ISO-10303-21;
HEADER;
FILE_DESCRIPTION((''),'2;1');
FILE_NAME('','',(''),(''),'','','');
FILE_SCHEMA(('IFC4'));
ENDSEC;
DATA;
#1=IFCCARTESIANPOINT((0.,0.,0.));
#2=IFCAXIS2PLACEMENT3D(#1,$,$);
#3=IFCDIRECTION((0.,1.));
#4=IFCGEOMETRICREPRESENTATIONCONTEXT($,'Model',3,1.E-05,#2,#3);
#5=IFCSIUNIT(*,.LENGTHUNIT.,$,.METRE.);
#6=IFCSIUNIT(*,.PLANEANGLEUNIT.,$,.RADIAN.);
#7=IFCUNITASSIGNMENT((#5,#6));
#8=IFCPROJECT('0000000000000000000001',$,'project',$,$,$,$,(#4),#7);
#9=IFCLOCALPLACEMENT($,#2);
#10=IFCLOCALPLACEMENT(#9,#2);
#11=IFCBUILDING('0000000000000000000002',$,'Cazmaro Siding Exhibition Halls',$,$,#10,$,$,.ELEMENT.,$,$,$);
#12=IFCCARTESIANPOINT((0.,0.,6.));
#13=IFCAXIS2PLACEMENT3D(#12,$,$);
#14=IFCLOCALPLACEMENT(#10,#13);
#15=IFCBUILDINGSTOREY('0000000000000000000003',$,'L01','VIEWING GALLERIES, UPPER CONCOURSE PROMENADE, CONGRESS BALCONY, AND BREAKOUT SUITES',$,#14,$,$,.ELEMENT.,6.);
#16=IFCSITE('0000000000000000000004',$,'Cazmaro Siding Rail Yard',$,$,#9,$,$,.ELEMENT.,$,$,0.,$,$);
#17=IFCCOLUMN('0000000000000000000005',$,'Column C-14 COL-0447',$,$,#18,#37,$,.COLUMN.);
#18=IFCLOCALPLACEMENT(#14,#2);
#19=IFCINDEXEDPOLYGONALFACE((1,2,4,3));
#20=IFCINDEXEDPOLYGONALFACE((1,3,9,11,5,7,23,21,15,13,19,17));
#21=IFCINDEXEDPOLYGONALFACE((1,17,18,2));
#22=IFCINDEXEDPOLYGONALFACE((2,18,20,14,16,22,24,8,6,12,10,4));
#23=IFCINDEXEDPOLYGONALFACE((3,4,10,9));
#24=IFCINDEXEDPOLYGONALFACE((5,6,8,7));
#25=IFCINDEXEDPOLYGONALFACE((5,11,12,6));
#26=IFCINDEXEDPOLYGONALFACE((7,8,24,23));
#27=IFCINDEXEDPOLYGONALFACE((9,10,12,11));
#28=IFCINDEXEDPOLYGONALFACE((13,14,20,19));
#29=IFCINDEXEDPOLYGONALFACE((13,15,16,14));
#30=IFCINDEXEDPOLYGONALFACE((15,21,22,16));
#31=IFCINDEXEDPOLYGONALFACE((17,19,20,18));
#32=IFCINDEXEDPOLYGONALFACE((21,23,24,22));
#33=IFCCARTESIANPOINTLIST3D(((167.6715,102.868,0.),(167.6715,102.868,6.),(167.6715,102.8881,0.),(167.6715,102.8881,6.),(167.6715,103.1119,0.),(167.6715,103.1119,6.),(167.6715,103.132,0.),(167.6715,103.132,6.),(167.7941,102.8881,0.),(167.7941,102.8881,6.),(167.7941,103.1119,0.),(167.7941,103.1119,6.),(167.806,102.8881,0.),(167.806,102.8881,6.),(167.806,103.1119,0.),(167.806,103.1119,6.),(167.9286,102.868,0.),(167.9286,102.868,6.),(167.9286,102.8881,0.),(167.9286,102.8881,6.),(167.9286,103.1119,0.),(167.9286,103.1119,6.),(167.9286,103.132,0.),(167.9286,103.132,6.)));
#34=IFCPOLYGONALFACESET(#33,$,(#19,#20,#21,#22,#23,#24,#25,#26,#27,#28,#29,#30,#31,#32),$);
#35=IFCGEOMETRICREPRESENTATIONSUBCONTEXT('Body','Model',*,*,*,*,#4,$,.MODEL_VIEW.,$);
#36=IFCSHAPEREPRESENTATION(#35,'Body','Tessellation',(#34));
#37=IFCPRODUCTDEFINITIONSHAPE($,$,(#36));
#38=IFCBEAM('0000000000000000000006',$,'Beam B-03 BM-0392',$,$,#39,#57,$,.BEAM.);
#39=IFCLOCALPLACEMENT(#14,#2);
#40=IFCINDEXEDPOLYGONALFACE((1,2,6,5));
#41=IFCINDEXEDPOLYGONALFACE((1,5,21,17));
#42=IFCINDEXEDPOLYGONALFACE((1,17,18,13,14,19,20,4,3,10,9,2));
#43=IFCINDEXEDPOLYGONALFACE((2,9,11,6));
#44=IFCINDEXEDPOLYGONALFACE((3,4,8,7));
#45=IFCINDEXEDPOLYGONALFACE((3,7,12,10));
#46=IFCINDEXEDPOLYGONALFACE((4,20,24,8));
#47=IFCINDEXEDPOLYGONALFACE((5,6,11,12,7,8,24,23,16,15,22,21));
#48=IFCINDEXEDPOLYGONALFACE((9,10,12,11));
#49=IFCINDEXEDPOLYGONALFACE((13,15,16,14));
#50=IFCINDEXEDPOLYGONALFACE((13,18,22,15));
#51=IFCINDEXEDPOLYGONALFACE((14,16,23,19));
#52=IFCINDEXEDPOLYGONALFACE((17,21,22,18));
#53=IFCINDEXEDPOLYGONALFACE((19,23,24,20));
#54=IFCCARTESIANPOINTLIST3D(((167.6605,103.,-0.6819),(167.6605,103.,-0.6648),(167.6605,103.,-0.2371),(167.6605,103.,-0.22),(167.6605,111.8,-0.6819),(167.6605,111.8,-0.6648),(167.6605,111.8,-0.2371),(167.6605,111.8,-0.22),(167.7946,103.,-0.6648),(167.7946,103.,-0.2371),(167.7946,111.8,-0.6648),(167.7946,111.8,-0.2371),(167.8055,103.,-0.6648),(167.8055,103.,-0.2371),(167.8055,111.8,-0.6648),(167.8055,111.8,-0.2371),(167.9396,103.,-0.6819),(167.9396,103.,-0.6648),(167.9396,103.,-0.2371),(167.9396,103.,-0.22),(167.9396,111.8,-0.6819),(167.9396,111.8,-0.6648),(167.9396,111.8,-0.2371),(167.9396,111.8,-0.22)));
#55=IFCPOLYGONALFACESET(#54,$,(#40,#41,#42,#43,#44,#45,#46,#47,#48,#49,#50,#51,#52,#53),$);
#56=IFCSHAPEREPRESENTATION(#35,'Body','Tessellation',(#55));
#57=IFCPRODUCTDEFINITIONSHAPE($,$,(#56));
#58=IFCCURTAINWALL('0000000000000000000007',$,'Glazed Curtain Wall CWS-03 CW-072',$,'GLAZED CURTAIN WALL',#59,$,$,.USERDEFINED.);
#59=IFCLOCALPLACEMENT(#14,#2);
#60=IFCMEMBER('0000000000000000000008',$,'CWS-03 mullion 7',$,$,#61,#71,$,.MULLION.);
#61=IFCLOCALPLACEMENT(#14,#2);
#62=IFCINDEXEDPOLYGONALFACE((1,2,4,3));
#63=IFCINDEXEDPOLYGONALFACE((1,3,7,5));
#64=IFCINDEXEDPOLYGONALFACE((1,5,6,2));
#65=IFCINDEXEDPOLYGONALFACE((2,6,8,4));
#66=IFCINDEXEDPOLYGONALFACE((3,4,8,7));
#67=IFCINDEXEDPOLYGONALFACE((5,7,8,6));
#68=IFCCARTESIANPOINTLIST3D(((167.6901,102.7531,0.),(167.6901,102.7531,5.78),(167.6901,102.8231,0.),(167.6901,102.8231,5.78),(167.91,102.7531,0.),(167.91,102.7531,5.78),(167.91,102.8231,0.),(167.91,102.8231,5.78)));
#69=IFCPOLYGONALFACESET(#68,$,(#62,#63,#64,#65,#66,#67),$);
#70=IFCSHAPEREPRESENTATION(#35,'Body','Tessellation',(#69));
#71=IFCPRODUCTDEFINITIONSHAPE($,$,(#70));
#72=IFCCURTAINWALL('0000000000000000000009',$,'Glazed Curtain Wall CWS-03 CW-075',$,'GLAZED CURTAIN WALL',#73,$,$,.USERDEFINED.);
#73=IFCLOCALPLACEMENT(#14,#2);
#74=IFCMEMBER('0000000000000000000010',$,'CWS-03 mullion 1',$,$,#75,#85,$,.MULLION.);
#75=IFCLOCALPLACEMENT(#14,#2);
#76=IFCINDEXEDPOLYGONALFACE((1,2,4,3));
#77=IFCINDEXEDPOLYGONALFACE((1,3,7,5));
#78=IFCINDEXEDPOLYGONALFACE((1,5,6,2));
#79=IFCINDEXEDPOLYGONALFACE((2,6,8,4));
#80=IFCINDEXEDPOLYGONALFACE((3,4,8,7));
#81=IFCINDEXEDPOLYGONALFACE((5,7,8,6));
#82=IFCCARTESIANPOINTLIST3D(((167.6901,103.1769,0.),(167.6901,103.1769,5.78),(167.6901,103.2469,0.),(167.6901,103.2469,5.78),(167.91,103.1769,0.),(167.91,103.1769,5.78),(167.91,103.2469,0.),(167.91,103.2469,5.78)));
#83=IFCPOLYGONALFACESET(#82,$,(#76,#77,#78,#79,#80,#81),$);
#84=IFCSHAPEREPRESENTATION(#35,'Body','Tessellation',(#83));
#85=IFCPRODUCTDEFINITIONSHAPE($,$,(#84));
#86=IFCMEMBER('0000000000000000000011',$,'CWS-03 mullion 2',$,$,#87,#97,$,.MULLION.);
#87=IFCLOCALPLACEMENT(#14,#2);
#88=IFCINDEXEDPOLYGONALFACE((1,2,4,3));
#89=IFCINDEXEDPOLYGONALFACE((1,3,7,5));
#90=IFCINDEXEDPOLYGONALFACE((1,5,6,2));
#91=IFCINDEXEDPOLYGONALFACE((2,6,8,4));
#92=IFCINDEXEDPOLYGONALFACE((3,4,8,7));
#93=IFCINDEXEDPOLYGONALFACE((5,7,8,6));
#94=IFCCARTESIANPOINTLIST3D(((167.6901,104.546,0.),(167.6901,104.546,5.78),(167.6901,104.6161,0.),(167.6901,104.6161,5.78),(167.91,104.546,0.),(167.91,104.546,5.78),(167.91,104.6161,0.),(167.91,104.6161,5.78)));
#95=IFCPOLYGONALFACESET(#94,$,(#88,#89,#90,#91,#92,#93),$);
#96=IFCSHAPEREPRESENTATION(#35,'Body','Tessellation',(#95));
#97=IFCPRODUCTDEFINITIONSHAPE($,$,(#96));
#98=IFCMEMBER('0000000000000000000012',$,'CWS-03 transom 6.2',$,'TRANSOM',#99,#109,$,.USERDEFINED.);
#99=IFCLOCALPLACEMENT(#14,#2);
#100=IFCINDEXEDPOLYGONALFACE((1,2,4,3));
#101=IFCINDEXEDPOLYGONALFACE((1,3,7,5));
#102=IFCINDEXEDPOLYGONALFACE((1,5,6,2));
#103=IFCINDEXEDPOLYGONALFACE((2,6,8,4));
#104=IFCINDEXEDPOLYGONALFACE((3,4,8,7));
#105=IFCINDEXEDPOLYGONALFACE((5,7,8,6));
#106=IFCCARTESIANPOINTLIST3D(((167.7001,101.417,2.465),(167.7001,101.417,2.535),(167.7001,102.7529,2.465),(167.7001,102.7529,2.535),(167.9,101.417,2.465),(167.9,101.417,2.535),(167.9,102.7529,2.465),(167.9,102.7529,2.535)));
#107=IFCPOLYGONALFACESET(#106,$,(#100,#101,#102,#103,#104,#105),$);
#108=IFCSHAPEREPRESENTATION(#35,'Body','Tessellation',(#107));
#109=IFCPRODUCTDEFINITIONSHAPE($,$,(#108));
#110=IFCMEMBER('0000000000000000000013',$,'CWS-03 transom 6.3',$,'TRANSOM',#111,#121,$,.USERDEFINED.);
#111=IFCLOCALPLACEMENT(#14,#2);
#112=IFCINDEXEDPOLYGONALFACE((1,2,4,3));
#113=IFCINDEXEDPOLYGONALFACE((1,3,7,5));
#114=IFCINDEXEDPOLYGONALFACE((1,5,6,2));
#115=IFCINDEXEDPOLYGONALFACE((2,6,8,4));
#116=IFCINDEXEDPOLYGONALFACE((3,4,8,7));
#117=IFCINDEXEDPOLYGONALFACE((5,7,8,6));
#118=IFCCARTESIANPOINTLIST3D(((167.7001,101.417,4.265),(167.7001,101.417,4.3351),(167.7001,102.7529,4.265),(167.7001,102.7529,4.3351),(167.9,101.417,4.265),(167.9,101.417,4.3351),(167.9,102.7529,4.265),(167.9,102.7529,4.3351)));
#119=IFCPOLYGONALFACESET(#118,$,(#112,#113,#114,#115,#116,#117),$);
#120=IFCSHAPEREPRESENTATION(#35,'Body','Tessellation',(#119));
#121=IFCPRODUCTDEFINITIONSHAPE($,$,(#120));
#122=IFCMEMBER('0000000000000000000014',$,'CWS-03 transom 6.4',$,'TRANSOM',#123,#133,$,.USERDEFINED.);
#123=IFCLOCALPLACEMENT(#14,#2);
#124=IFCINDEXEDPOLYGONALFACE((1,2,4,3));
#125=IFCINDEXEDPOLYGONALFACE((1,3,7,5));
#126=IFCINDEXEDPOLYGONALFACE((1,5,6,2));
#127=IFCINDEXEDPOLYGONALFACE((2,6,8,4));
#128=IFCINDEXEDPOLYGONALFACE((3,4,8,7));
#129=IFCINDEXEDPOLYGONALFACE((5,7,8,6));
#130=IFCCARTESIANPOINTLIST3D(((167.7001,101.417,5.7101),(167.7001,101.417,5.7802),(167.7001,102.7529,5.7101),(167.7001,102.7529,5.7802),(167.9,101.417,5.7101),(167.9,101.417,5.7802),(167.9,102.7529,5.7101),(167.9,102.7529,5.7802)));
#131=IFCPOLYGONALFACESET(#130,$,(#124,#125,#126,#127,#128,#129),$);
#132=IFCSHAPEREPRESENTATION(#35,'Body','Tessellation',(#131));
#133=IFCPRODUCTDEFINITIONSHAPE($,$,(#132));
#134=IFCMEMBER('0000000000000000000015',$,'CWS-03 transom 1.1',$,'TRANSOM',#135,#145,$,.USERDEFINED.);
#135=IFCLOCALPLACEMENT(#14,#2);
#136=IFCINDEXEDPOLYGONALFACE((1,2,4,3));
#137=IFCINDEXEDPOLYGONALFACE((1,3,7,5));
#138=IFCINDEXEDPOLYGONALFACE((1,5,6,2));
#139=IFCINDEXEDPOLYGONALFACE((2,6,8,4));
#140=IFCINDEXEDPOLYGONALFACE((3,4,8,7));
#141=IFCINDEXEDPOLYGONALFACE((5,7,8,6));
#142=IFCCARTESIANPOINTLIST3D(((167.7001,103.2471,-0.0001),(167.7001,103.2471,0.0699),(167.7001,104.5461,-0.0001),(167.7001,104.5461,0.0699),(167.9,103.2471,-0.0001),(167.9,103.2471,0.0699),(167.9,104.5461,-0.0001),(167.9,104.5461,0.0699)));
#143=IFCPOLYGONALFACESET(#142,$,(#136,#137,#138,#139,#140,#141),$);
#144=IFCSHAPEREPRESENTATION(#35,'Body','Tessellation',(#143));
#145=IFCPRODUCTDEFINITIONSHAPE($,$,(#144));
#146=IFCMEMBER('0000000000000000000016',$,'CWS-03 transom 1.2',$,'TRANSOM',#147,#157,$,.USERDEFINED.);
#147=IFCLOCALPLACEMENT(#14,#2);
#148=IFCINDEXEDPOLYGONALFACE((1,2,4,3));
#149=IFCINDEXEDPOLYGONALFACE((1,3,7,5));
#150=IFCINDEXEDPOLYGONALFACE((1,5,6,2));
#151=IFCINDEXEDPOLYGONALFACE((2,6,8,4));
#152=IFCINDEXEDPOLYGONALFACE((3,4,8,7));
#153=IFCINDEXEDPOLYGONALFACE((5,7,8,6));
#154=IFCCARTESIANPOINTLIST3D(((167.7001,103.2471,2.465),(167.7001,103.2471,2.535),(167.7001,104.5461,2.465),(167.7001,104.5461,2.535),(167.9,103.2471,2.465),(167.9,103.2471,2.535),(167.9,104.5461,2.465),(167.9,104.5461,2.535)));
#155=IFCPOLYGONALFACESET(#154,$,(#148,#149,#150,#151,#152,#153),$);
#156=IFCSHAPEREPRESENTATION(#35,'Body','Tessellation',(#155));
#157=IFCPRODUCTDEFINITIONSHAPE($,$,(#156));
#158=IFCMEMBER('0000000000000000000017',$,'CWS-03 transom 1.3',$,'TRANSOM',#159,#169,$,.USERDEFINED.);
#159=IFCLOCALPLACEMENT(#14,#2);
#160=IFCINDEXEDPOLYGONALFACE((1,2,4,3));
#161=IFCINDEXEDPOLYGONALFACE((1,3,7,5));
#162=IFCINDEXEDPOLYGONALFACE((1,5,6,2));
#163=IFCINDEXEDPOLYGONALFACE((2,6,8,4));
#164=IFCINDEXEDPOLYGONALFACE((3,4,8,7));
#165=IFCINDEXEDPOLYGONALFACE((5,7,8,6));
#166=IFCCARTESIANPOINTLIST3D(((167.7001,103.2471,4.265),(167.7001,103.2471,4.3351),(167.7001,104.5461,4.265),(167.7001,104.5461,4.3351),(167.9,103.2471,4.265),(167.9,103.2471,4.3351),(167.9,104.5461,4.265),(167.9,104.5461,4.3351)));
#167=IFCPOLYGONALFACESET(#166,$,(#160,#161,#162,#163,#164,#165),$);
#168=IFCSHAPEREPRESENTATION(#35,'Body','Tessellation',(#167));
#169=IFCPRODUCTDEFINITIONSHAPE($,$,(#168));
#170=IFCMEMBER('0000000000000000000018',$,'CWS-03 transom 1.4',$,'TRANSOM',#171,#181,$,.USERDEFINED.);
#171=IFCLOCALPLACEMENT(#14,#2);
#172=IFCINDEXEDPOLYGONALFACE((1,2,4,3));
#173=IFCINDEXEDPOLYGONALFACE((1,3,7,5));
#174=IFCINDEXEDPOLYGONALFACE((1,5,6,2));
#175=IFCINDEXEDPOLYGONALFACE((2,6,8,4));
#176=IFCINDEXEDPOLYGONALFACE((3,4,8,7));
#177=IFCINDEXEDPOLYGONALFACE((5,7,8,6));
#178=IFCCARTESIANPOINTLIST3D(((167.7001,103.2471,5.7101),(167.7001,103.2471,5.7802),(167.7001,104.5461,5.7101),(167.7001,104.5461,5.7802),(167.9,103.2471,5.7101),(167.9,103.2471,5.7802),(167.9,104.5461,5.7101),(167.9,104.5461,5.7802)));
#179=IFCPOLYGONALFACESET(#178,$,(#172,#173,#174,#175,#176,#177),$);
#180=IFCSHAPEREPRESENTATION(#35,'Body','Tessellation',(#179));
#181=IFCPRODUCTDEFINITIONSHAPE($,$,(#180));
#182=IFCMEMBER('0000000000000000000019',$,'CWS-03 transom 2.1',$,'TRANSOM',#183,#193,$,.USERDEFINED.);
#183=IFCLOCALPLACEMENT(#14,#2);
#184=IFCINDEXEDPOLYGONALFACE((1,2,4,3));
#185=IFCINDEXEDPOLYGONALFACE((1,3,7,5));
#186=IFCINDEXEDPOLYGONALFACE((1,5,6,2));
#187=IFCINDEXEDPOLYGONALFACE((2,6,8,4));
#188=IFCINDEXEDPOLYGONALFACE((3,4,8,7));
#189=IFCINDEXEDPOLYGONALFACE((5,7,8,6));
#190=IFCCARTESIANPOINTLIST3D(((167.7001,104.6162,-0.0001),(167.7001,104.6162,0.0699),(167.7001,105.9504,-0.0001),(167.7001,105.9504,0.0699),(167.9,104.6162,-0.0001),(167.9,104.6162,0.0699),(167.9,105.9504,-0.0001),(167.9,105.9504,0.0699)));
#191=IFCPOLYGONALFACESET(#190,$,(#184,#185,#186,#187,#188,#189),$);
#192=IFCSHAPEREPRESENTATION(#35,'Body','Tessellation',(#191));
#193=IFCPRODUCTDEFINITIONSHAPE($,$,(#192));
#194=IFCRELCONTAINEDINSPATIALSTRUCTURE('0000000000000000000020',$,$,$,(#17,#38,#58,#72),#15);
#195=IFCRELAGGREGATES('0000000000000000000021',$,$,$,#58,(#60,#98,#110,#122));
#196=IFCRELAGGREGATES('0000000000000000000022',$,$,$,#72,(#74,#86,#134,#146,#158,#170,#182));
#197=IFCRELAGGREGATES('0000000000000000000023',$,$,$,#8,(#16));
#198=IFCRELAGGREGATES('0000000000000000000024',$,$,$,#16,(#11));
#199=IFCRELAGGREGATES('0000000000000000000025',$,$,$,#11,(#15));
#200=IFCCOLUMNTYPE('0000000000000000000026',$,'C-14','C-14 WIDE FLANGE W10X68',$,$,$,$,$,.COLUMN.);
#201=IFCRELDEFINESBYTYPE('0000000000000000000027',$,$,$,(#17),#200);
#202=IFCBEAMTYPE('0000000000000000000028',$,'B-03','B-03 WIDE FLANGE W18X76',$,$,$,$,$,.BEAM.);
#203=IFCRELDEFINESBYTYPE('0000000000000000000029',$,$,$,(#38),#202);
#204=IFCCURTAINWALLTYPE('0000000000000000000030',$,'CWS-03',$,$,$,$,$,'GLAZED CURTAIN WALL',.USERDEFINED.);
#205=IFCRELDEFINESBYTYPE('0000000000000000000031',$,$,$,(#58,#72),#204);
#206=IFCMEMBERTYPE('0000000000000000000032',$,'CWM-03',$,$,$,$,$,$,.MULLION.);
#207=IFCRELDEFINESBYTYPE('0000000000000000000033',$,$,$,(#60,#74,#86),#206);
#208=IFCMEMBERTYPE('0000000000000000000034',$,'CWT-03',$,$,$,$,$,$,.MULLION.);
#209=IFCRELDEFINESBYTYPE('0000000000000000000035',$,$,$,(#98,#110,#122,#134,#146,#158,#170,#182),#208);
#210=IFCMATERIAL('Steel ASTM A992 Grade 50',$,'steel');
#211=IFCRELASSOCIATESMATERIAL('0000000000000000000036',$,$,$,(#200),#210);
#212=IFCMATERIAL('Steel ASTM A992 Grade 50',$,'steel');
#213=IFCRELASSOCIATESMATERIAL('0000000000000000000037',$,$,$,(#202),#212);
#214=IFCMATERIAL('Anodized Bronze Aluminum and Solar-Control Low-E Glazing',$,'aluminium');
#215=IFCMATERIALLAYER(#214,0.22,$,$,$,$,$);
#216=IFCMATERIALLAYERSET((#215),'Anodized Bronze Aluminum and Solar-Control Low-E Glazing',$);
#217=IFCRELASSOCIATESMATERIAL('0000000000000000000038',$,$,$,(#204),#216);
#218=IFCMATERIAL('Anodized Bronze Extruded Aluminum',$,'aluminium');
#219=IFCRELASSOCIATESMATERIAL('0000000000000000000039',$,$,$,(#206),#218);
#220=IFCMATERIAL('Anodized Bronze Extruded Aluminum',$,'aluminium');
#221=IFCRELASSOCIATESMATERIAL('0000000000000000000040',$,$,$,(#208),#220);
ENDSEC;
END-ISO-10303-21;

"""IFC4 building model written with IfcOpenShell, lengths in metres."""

from ifc_helpers import new_model, si_unit, direction, frame, origin, origin_2d, place, context, subcontext, project, spatial, rectangle, i_section, extrude, material, layer, layer_set, material_profile, profile_set, type_object, element, aggregate, save


model = new_model("IFC4")

# Units and contexts
model_context = context("Model", 3, precision=1e-05, world=origin(), true_north=direction((0.0, 1.0)))
body_context = subcontext(model_context, "Body", "Model", "MODEL_VIEW")
ifc_project = project(units=[si_unit("LENGTHUNIT", "METRE"), si_unit("PLANEANGLEUNIT", "RADIAN")], contexts=[model_context])

# Site, building, storey
site_placement = place(None, origin())
site = spatial("IfcSite", under=ifc_project, at=site_placement, Name="Cazmaro Siding Rail Yard", CompositionType="ELEMENT", RefElevation=0.0)
building_placement = place(site_placement, origin())
building = spatial("IfcBuilding", under=site, at=building_placement, Name="Cazmaro Siding Exhibition Halls", CompositionType="ELEMENT")
storey_placement = place(building_placement, frame((0.0, 0.0, 6.0)))
storey = spatial("IfcBuildingStorey", under=building, at=storey_placement, Name="L01", Description="VIEWING GALLERIES, UPPER CONCOURSE PROMENADE, CONGRESS BALCONY, AND BREAKOUT SUITES", CompositionType="ELEMENT", Elevation=6.0)

# Column
ifc_material_1 = material(Name="Steel ASTM A992 Grade 50", Category="steel")
ifc_material_profile_1 = material_profile(ifc_material_1, i_section(OverallWidth=0.2571, OverallDepth=0.2639, WebThickness=0.012, FlangeThickness=0.02, at=origin_2d()), Name="W10X68")
ifc_profile_set_1 = profile_set([ifc_material_profile_1], Name="Steel ASTM A992 Grade 50")
column_type = type_object("IfcColumnType", Name="C-14", Description="C-14 WIDE FLANGE W10X68", PredefinedType="COLUMN", material=ifc_profile_set_1)
column_placement = place(storey_placement, frame((167.8, 103.0, 0.0), z_axis=(0.0, 0.0, 1.0), x_axis=(1.0, 0.0, 0.0)))
element("IfcColumn", 1, at=column_placement, inside=storey, type_object=column_type, Name="Column C-14 COL-0447", PredefinedType="COLUMN", context=body_context, shape_type="SweptSolid", body=[
    extrude(i_section(OverallWidth=0.2571, OverallDepth=0.2639, WebThickness=0.012, FlangeThickness=0.02, at=origin_2d()), origin(), (0.0, 0.0, 1.0), 6.0),
])

# Beam
ifc_material_2 = material(Name="Steel ASTM A992 Grade 50", Category="steel")
ifc_material_profile_2 = material_profile(ifc_material_2, i_section(OverallWidth=0.2791, OverallDepth=0.4619, WebThickness=0.011, FlangeThickness=0.0171, at=origin_2d()), Name="W18X76")
ifc_profile_set_2 = profile_set([ifc_material_profile_2], Name="Steel ASTM A992 Grade 50")
beam_type = type_object("IfcBeamType", Name="B-03", Description="B-03 WIDE FLANGE W18X76", PredefinedType="BEAM", material=ifc_profile_set_2)
beam_placement = place(storey_placement, frame((167.8, 103.0, -0.4509), z_axis=(0.0, 1.0, 0.0), x_axis=(-1.0, 0.0, 0.0)))
element("IfcBeam", 2, at=beam_placement, inside=storey, type_object=beam_type, Name="Beam B-03 BM-0392", PredefinedType="BEAM", context=body_context, shape_type="SweptSolid", body=[
    extrude(i_section(OverallWidth=0.2791, OverallDepth=0.4619, WebThickness=0.011, FlangeThickness=0.0171, at=origin_2d()), origin(), (0.0, 0.0, 1.0), 8.8),
])

# Curtain wall, member
ifc_material_3 = material(Name="Anodized Bronze Aluminum and Solar-Control Low-E Glazing", Category="aluminium")
ifc_layer_1 = layer(ifc_material_3, 0.22)
ifc_layer_set_1 = layer_set([ifc_layer_1], Name="Anodized Bronze Aluminum and Solar-Control Low-E Glazing")
curtain_wall_type = type_object("IfcCurtainWallType", Name="CWS-03", ElementType="GLAZED CURTAIN WALL", PredefinedType="USERDEFINED", material=ifc_layer_set_1)
curtain_wall_1_placement = place(storey_placement, origin())
curtain_wall_1 = element("IfcCurtainWall", 3, at=curtain_wall_1_placement, inside=storey, type_object=curtain_wall_type, Name="Glazed Curtain Wall CWS-03 CW-072", ObjectType="GLAZED CURTAIN WALL", PredefinedType="USERDEFINED")
ifc_material_4 = material(Name="Anodized Bronze Extruded Aluminum", Category="aluminium")
ifc_material_profile_3 = material_profile(ifc_material_4, rectangle(XDim=0.22, YDim=0.0701, at=origin_2d()), Name="CWM-03")
ifc_profile_set_3 = profile_set([ifc_material_profile_3], Name="Anodized Bronze Extruded Aluminum")
member_type_1 = type_object("IfcMemberType", Name="CWM-03", PredefinedType="MULLION", material=ifc_profile_set_3)
member_1_placement = place(storey_placement, frame((167.8, 102.7881, 0.0), z_axis=(0.0, 0.0, 1.0), x_axis=(-1.0, 0.0, 0.0)))
member_1 = element("IfcMember", 4, at=member_1_placement, type_object=member_type_1, Name="CWS-03 mullion 7", PredefinedType="MULLION", context=body_context, shape_type="SweptSolid", body=[
    extrude(rectangle(XDim=0.22, YDim=0.0701, at=origin_2d()), origin(), (0.0, 0.0, 1.0), 5.78),
])

# Curtain wall, members
curtain_wall_2_placement = place(storey_placement, origin())
curtain_wall_2 = element("IfcCurtainWall", 5, at=curtain_wall_2_placement, inside=storey, type_object=curtain_wall_type, Name="Glazed Curtain Wall CWS-03 CW-075", ObjectType="GLAZED CURTAIN WALL", PredefinedType="USERDEFINED")
member_2_placement = place(storey_placement, frame((167.8, 103.2119, 0.0), z_axis=(0.0, 0.0, 1.0), x_axis=(-1.0, 0.0, 0.0)))
member_2 = element("IfcMember", 6, at=member_2_placement, type_object=member_type_1, Name="CWS-03 mullion 1", PredefinedType="MULLION", context=body_context, shape_type="SweptSolid", body=[
    extrude(rectangle(XDim=0.22, YDim=0.0701, at=origin_2d()), origin(), (0.0, 0.0, 1.0), 5.78),
])
member_3_placement = place(storey_placement, frame((167.8, 104.5811, 0.0), z_axis=(0.0, 0.0, 1.0), x_axis=(-1.0, 0.0, 0.0)))
member_3 = element("IfcMember", 7, at=member_3_placement, type_object=member_type_1, Name="CWS-03 mullion 2", PredefinedType="MULLION", context=body_context, shape_type="SweptSolid", body=[
    extrude(rectangle(XDim=0.22, YDim=0.0701, at=origin_2d()), origin(), (0.0, 0.0, 1.0), 5.78),
])

# Members
ifc_material_5 = material(Name="Anodized Bronze Extruded Aluminum", Category="aluminium")
ifc_material_profile_4 = material_profile(ifc_material_5, rectangle(XDim=0.2, YDim=0.0701, at=origin_2d()), Name="CWT-03")
ifc_profile_set_4 = profile_set([ifc_material_profile_4], Name="Anodized Bronze Extruded Aluminum")
member_type_2 = type_object("IfcMemberType", Name="CWT-03", PredefinedType="MULLION", material=ifc_profile_set_4)
member_4_placement = place(storey_placement, frame((167.8, 101.417, 2.5), z_axis=(0.0, 1.0, 0.0), x_axis=(-1.0, 0.0, 0.0)))
member_4 = element("IfcMember", 8, at=member_4_placement, type_object=member_type_2, Name="CWS-03 transom 6.2", ObjectType="TRANSOM", PredefinedType="USERDEFINED", context=body_context, shape_type="SweptSolid", body=[
    extrude(rectangle(XDim=0.2, YDim=0.0701, at=origin_2d()), origin(), (0.0, 0.0, 1.0), 1.3359),
])
member_5_placement = place(storey_placement, frame((167.8, 101.417, 4.3), z_axis=(0.0, 1.0, 0.0), x_axis=(-1.0, 0.0, 0.0)))
member_5 = element("IfcMember", 9, at=member_5_placement, type_object=member_type_2, Name="CWS-03 transom 6.3", ObjectType="TRANSOM", PredefinedType="USERDEFINED", context=body_context, shape_type="SweptSolid", body=[
    extrude(rectangle(XDim=0.2, YDim=0.0701, at=origin_2d()), origin(), (0.0, 0.0, 1.0), 1.3359),
])
member_6_placement = place(storey_placement, frame((167.8, 101.417, 5.7451), z_axis=(0.0, 1.0, 0.0), x_axis=(-1.0, 0.0, 0.0)))
member_6 = element("IfcMember", 10, at=member_6_placement, type_object=member_type_2, Name="CWS-03 transom 6.4", ObjectType="TRANSOM", PredefinedType="USERDEFINED", context=body_context, shape_type="SweptSolid", body=[
    extrude(rectangle(XDim=0.2, YDim=0.0701, at=origin_2d()), origin(), (0.0, 0.0, 1.0), 1.3359),
])
member_7_placement = place(storey_placement, frame((167.8, 103.2471, 0.0349), z_axis=(0.0, 1.0, 0.0), x_axis=(-1.0, 0.0, 0.0)))
member_7 = element("IfcMember", 11, at=member_7_placement, type_object=member_type_2, Name="CWS-03 transom 1.1", ObjectType="TRANSOM", PredefinedType="USERDEFINED", context=body_context, shape_type="SweptSolid", body=[
    extrude(rectangle(XDim=0.2, YDim=0.0701, at=origin_2d()), origin(), (0.0, 0.0, 1.0), 1.2991),
])
member_8_placement = place(storey_placement, frame((167.8, 103.2471, 2.5), z_axis=(0.0, 1.0, 0.0), x_axis=(-1.0, 0.0, 0.0)))
member_8 = element("IfcMember", 12, at=member_8_placement, type_object=member_type_2, Name="CWS-03 transom 1.2", ObjectType="TRANSOM", PredefinedType="USERDEFINED", context=body_context, shape_type="SweptSolid", body=[
    extrude(rectangle(XDim=0.2, YDim=0.0701, at=origin_2d()), origin(), (0.0, 0.0, 1.0), 1.2991),
])
member_9_placement = place(storey_placement, frame((167.8, 103.2471, 4.3), z_axis=(0.0, 1.0, 0.0), x_axis=(-1.0, 0.0, 0.0)))
member_9 = element("IfcMember", 13, at=member_9_placement, type_object=member_type_2, Name="CWS-03 transom 1.3", ObjectType="TRANSOM", PredefinedType="USERDEFINED", context=body_context, shape_type="SweptSolid", body=[
    extrude(rectangle(XDim=0.2, YDim=0.0701, at=origin_2d()), origin(), (0.0, 0.0, 1.0), 1.2991),
])
member_10_placement = place(storey_placement, frame((167.8, 103.2471, 5.7451), z_axis=(0.0, 1.0, 0.0), x_axis=(-1.0, 0.0, 0.0)))
member_10 = element("IfcMember", 14, at=member_10_placement, type_object=member_type_2, Name="CWS-03 transom 1.4", ObjectType="TRANSOM", PredefinedType="USERDEFINED", context=body_context, shape_type="SweptSolid", body=[
    extrude(rectangle(XDim=0.2, YDim=0.0701, at=origin_2d()), origin(), (0.0, 0.0, 1.0), 1.2991),
])
member_11_placement = place(storey_placement, frame((167.8, 104.6162, 0.0349), z_axis=(0.0, 1.0, 0.0), x_axis=(-1.0, 0.0, 0.0)))
member_11 = element("IfcMember", 15, at=member_11_placement, type_object=member_type_2, Name="CWS-03 transom 2.1", ObjectType="TRANSOM", PredefinedType="USERDEFINED", context=body_context, shape_type="SweptSolid", body=[
    extrude(rectangle(XDim=0.2, YDim=0.0701, at=origin_2d()), origin(), (0.0, 0.0, 1.0), 1.3342),
])

aggregate(curtain_wall_1, [member_1, member_4, member_5, member_6])
aggregate(curtain_wall_2, [member_2, member_3, member_7, member_8, member_9, member_10, member_11])

save(model, "model.ifc")
